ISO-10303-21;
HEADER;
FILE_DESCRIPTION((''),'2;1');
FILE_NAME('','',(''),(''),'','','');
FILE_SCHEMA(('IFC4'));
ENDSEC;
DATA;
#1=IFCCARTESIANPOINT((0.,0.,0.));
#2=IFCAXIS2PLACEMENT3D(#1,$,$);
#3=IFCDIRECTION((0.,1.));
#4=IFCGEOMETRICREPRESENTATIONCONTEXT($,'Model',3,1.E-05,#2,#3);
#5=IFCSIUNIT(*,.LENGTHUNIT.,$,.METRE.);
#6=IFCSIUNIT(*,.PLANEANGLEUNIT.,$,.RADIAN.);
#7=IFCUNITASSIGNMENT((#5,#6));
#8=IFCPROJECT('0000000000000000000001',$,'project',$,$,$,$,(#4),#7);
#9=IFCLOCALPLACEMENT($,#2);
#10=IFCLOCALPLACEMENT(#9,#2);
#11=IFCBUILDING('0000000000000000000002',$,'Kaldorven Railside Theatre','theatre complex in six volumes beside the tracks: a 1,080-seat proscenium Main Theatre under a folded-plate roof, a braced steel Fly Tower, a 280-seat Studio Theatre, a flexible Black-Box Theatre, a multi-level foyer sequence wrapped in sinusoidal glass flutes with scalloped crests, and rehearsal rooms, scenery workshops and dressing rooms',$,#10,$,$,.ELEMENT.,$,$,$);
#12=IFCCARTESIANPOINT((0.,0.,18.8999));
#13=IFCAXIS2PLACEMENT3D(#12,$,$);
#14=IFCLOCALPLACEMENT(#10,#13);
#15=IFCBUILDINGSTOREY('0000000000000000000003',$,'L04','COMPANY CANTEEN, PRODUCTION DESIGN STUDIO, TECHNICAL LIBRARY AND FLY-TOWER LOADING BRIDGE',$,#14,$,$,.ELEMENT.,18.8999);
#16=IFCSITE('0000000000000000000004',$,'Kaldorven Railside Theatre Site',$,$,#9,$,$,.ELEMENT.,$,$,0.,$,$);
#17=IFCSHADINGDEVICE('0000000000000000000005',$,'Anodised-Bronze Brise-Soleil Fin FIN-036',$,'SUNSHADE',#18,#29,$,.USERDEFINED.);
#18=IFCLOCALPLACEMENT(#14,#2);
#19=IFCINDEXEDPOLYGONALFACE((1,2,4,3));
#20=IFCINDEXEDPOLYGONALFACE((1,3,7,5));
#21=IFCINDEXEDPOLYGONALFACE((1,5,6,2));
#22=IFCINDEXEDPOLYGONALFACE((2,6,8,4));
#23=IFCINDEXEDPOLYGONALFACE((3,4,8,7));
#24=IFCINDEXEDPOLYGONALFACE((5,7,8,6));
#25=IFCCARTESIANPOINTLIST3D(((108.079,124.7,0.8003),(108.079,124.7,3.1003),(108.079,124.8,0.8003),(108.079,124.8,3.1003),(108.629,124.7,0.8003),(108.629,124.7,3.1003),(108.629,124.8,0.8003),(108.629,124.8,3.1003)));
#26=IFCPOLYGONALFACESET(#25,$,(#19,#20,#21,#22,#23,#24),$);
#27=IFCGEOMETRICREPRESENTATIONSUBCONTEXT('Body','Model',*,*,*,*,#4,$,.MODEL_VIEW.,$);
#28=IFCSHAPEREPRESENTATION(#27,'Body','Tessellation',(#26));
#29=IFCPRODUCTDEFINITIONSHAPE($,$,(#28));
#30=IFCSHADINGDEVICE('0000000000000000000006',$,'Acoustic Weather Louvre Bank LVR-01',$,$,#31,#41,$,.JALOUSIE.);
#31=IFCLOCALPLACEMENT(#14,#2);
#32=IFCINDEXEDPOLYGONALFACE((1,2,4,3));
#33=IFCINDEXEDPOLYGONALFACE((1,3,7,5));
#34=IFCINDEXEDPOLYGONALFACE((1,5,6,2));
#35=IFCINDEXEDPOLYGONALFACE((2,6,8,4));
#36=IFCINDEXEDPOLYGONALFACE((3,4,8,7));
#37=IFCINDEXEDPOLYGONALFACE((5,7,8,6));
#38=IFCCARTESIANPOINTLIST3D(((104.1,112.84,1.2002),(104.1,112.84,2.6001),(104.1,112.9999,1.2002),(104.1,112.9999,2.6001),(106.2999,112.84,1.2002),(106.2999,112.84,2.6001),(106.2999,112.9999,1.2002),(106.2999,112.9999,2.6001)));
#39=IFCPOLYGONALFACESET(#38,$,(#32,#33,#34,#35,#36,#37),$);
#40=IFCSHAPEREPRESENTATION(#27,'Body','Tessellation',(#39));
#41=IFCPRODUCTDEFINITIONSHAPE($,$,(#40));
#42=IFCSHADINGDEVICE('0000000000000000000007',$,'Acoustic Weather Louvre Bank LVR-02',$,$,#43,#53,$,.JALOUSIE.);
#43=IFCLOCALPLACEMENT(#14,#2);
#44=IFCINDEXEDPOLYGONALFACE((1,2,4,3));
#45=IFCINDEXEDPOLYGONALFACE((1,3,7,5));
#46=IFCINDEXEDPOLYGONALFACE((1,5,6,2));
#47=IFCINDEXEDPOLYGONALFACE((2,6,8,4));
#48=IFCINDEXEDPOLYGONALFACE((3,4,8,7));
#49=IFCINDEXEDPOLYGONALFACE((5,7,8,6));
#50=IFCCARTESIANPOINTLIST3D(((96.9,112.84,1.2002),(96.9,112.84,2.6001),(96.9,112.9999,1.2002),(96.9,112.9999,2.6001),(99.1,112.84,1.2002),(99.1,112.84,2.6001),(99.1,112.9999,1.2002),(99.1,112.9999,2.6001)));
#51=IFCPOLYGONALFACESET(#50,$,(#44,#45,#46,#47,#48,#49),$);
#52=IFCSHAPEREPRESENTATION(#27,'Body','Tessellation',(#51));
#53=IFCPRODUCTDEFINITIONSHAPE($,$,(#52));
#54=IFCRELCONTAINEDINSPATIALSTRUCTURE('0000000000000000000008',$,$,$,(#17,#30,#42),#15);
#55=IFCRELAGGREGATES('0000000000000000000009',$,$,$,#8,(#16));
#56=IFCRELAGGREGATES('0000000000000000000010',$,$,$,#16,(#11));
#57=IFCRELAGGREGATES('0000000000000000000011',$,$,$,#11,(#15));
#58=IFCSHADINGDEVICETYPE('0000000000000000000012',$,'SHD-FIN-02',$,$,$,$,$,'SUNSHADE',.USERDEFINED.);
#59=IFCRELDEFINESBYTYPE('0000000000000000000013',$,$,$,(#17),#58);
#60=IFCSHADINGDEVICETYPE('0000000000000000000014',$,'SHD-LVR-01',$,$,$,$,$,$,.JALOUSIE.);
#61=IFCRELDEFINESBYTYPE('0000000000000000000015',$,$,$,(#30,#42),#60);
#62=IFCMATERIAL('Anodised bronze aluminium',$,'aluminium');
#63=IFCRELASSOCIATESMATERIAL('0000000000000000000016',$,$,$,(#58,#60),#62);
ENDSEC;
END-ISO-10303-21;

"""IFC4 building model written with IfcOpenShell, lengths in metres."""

from ifc_helpers import new_model, si_unit, direction, frame, origin, origin_2d, place, context, subcontext, project, spatial, rectangle, extrude, material, type_object, element, save


model = new_model("IFC4")

# Units and contexts
model_context = context("Model", 3, precision=1e-05, world=origin(), true_north=direction((0.0, 1.0)))
body_context = subcontext(model_context, "Body", "Model", "MODEL_VIEW")
ifc_project = project(units=[si_unit("LENGTHUNIT", "METRE"), si_unit("PLANEANGLEUNIT", "RADIAN")], contexts=[model_context])

# Site, building, storey
site_placement = place(None, origin())
site = spatial("IfcSite", under=ifc_project, at=site_placement, Name="Kaldorven Railside Theatre Site", CompositionType="ELEMENT", RefElevation=0.0)
building_placement = place(site_placement, origin())
building = spatial("IfcBuilding", under=site, at=building_placement, Name="Kaldorven Railside Theatre", Description="theatre complex in six volumes beside the tracks: a 1,080-seat proscenium Main Theatre under a folded-plate roof, a braced steel Fly Tower, a 280-seat Studio Theatre, a flexible Black-Box Theatre, a multi-level foyer sequence wrapped in sinusoidal glass flutes with scalloped crests, and rehearsal rooms, scenery workshops and dressing rooms", CompositionType="ELEMENT")
storey_placement = place(building_placement, frame((0.0, 0.0, 18.8999)))
storey = spatial("IfcBuildingStorey", under=building, at=storey_placement, Name="L04", Description="COMPANY CANTEEN, PRODUCTION DESIGN STUDIO, TECHNICAL LIBRARY AND FLY-TOWER LOADING BRIDGE", CompositionType="ELEMENT", Elevation=18.8999)

# Shading devices
ifc_material_1 = material(Name="Anodised bronze aluminium", Category="aluminium")
shading_device_type_1 = type_object("IfcShadingDeviceType", Name="SHD-FIN-02", ElementType="SUNSHADE", PredefinedType="USERDEFINED", material=ifc_material_1)
shading_device_1_placement = place(storey_placement, frame((108.354, 124.75, 0.8003), z_axis=(0.0, 0.0, 1.0), x_axis=(0.0, 1.0, 0.0)))
element("IfcShadingDevice", 1, at=shading_device_1_placement, inside=storey, type_object=shading_device_type_1, Name="Anodised-Bronze Brise-Soleil Fin FIN-036", ObjectType="SUNSHADE", PredefinedType="USERDEFINED", context=body_context, shape_type="SweptSolid", body=[
    extrude(rectangle(XDim=0.1001, YDim=0.55, at=origin_2d()), origin(), (0.0, 0.0, 1.0), 2.3),
])
shading_device_type_2 = type_object("IfcShadingDeviceType", Name="SHD-LVR-01", PredefinedType="JALOUSIE", material=ifc_material_1)
for number, where, z_axis, x_axis, name in (
    (2, (105.2, 112.9199, 1.2002), (0.0, 0.0, 1.0), (1.0, 0.0, 0.0), "Acoustic Weather Louvre Bank LVR-01"),
    (3, (98.0, 112.9199, 1.2002), (0.0, 0.0, 1.0), (1.0, 0.0, 0.0), "Acoustic Weather Louvre Bank LVR-02"),
):
    element("IfcShadingDevice", number, at=place(storey_placement, frame(where, z_axis=z_axis, x_axis=x_axis)), inside=storey, type_object=shading_device_type_2, Name=name, PredefinedType="JALOUSIE", context=body_context, shape_type="SweptSolid", body=[
        extrude(rectangle(XDim=2.2, YDim=0.1599, at=origin_2d()), origin(), (0.0, 0.0, 1.0), 1.3999),
    ])

save(model, "model.ifc")
